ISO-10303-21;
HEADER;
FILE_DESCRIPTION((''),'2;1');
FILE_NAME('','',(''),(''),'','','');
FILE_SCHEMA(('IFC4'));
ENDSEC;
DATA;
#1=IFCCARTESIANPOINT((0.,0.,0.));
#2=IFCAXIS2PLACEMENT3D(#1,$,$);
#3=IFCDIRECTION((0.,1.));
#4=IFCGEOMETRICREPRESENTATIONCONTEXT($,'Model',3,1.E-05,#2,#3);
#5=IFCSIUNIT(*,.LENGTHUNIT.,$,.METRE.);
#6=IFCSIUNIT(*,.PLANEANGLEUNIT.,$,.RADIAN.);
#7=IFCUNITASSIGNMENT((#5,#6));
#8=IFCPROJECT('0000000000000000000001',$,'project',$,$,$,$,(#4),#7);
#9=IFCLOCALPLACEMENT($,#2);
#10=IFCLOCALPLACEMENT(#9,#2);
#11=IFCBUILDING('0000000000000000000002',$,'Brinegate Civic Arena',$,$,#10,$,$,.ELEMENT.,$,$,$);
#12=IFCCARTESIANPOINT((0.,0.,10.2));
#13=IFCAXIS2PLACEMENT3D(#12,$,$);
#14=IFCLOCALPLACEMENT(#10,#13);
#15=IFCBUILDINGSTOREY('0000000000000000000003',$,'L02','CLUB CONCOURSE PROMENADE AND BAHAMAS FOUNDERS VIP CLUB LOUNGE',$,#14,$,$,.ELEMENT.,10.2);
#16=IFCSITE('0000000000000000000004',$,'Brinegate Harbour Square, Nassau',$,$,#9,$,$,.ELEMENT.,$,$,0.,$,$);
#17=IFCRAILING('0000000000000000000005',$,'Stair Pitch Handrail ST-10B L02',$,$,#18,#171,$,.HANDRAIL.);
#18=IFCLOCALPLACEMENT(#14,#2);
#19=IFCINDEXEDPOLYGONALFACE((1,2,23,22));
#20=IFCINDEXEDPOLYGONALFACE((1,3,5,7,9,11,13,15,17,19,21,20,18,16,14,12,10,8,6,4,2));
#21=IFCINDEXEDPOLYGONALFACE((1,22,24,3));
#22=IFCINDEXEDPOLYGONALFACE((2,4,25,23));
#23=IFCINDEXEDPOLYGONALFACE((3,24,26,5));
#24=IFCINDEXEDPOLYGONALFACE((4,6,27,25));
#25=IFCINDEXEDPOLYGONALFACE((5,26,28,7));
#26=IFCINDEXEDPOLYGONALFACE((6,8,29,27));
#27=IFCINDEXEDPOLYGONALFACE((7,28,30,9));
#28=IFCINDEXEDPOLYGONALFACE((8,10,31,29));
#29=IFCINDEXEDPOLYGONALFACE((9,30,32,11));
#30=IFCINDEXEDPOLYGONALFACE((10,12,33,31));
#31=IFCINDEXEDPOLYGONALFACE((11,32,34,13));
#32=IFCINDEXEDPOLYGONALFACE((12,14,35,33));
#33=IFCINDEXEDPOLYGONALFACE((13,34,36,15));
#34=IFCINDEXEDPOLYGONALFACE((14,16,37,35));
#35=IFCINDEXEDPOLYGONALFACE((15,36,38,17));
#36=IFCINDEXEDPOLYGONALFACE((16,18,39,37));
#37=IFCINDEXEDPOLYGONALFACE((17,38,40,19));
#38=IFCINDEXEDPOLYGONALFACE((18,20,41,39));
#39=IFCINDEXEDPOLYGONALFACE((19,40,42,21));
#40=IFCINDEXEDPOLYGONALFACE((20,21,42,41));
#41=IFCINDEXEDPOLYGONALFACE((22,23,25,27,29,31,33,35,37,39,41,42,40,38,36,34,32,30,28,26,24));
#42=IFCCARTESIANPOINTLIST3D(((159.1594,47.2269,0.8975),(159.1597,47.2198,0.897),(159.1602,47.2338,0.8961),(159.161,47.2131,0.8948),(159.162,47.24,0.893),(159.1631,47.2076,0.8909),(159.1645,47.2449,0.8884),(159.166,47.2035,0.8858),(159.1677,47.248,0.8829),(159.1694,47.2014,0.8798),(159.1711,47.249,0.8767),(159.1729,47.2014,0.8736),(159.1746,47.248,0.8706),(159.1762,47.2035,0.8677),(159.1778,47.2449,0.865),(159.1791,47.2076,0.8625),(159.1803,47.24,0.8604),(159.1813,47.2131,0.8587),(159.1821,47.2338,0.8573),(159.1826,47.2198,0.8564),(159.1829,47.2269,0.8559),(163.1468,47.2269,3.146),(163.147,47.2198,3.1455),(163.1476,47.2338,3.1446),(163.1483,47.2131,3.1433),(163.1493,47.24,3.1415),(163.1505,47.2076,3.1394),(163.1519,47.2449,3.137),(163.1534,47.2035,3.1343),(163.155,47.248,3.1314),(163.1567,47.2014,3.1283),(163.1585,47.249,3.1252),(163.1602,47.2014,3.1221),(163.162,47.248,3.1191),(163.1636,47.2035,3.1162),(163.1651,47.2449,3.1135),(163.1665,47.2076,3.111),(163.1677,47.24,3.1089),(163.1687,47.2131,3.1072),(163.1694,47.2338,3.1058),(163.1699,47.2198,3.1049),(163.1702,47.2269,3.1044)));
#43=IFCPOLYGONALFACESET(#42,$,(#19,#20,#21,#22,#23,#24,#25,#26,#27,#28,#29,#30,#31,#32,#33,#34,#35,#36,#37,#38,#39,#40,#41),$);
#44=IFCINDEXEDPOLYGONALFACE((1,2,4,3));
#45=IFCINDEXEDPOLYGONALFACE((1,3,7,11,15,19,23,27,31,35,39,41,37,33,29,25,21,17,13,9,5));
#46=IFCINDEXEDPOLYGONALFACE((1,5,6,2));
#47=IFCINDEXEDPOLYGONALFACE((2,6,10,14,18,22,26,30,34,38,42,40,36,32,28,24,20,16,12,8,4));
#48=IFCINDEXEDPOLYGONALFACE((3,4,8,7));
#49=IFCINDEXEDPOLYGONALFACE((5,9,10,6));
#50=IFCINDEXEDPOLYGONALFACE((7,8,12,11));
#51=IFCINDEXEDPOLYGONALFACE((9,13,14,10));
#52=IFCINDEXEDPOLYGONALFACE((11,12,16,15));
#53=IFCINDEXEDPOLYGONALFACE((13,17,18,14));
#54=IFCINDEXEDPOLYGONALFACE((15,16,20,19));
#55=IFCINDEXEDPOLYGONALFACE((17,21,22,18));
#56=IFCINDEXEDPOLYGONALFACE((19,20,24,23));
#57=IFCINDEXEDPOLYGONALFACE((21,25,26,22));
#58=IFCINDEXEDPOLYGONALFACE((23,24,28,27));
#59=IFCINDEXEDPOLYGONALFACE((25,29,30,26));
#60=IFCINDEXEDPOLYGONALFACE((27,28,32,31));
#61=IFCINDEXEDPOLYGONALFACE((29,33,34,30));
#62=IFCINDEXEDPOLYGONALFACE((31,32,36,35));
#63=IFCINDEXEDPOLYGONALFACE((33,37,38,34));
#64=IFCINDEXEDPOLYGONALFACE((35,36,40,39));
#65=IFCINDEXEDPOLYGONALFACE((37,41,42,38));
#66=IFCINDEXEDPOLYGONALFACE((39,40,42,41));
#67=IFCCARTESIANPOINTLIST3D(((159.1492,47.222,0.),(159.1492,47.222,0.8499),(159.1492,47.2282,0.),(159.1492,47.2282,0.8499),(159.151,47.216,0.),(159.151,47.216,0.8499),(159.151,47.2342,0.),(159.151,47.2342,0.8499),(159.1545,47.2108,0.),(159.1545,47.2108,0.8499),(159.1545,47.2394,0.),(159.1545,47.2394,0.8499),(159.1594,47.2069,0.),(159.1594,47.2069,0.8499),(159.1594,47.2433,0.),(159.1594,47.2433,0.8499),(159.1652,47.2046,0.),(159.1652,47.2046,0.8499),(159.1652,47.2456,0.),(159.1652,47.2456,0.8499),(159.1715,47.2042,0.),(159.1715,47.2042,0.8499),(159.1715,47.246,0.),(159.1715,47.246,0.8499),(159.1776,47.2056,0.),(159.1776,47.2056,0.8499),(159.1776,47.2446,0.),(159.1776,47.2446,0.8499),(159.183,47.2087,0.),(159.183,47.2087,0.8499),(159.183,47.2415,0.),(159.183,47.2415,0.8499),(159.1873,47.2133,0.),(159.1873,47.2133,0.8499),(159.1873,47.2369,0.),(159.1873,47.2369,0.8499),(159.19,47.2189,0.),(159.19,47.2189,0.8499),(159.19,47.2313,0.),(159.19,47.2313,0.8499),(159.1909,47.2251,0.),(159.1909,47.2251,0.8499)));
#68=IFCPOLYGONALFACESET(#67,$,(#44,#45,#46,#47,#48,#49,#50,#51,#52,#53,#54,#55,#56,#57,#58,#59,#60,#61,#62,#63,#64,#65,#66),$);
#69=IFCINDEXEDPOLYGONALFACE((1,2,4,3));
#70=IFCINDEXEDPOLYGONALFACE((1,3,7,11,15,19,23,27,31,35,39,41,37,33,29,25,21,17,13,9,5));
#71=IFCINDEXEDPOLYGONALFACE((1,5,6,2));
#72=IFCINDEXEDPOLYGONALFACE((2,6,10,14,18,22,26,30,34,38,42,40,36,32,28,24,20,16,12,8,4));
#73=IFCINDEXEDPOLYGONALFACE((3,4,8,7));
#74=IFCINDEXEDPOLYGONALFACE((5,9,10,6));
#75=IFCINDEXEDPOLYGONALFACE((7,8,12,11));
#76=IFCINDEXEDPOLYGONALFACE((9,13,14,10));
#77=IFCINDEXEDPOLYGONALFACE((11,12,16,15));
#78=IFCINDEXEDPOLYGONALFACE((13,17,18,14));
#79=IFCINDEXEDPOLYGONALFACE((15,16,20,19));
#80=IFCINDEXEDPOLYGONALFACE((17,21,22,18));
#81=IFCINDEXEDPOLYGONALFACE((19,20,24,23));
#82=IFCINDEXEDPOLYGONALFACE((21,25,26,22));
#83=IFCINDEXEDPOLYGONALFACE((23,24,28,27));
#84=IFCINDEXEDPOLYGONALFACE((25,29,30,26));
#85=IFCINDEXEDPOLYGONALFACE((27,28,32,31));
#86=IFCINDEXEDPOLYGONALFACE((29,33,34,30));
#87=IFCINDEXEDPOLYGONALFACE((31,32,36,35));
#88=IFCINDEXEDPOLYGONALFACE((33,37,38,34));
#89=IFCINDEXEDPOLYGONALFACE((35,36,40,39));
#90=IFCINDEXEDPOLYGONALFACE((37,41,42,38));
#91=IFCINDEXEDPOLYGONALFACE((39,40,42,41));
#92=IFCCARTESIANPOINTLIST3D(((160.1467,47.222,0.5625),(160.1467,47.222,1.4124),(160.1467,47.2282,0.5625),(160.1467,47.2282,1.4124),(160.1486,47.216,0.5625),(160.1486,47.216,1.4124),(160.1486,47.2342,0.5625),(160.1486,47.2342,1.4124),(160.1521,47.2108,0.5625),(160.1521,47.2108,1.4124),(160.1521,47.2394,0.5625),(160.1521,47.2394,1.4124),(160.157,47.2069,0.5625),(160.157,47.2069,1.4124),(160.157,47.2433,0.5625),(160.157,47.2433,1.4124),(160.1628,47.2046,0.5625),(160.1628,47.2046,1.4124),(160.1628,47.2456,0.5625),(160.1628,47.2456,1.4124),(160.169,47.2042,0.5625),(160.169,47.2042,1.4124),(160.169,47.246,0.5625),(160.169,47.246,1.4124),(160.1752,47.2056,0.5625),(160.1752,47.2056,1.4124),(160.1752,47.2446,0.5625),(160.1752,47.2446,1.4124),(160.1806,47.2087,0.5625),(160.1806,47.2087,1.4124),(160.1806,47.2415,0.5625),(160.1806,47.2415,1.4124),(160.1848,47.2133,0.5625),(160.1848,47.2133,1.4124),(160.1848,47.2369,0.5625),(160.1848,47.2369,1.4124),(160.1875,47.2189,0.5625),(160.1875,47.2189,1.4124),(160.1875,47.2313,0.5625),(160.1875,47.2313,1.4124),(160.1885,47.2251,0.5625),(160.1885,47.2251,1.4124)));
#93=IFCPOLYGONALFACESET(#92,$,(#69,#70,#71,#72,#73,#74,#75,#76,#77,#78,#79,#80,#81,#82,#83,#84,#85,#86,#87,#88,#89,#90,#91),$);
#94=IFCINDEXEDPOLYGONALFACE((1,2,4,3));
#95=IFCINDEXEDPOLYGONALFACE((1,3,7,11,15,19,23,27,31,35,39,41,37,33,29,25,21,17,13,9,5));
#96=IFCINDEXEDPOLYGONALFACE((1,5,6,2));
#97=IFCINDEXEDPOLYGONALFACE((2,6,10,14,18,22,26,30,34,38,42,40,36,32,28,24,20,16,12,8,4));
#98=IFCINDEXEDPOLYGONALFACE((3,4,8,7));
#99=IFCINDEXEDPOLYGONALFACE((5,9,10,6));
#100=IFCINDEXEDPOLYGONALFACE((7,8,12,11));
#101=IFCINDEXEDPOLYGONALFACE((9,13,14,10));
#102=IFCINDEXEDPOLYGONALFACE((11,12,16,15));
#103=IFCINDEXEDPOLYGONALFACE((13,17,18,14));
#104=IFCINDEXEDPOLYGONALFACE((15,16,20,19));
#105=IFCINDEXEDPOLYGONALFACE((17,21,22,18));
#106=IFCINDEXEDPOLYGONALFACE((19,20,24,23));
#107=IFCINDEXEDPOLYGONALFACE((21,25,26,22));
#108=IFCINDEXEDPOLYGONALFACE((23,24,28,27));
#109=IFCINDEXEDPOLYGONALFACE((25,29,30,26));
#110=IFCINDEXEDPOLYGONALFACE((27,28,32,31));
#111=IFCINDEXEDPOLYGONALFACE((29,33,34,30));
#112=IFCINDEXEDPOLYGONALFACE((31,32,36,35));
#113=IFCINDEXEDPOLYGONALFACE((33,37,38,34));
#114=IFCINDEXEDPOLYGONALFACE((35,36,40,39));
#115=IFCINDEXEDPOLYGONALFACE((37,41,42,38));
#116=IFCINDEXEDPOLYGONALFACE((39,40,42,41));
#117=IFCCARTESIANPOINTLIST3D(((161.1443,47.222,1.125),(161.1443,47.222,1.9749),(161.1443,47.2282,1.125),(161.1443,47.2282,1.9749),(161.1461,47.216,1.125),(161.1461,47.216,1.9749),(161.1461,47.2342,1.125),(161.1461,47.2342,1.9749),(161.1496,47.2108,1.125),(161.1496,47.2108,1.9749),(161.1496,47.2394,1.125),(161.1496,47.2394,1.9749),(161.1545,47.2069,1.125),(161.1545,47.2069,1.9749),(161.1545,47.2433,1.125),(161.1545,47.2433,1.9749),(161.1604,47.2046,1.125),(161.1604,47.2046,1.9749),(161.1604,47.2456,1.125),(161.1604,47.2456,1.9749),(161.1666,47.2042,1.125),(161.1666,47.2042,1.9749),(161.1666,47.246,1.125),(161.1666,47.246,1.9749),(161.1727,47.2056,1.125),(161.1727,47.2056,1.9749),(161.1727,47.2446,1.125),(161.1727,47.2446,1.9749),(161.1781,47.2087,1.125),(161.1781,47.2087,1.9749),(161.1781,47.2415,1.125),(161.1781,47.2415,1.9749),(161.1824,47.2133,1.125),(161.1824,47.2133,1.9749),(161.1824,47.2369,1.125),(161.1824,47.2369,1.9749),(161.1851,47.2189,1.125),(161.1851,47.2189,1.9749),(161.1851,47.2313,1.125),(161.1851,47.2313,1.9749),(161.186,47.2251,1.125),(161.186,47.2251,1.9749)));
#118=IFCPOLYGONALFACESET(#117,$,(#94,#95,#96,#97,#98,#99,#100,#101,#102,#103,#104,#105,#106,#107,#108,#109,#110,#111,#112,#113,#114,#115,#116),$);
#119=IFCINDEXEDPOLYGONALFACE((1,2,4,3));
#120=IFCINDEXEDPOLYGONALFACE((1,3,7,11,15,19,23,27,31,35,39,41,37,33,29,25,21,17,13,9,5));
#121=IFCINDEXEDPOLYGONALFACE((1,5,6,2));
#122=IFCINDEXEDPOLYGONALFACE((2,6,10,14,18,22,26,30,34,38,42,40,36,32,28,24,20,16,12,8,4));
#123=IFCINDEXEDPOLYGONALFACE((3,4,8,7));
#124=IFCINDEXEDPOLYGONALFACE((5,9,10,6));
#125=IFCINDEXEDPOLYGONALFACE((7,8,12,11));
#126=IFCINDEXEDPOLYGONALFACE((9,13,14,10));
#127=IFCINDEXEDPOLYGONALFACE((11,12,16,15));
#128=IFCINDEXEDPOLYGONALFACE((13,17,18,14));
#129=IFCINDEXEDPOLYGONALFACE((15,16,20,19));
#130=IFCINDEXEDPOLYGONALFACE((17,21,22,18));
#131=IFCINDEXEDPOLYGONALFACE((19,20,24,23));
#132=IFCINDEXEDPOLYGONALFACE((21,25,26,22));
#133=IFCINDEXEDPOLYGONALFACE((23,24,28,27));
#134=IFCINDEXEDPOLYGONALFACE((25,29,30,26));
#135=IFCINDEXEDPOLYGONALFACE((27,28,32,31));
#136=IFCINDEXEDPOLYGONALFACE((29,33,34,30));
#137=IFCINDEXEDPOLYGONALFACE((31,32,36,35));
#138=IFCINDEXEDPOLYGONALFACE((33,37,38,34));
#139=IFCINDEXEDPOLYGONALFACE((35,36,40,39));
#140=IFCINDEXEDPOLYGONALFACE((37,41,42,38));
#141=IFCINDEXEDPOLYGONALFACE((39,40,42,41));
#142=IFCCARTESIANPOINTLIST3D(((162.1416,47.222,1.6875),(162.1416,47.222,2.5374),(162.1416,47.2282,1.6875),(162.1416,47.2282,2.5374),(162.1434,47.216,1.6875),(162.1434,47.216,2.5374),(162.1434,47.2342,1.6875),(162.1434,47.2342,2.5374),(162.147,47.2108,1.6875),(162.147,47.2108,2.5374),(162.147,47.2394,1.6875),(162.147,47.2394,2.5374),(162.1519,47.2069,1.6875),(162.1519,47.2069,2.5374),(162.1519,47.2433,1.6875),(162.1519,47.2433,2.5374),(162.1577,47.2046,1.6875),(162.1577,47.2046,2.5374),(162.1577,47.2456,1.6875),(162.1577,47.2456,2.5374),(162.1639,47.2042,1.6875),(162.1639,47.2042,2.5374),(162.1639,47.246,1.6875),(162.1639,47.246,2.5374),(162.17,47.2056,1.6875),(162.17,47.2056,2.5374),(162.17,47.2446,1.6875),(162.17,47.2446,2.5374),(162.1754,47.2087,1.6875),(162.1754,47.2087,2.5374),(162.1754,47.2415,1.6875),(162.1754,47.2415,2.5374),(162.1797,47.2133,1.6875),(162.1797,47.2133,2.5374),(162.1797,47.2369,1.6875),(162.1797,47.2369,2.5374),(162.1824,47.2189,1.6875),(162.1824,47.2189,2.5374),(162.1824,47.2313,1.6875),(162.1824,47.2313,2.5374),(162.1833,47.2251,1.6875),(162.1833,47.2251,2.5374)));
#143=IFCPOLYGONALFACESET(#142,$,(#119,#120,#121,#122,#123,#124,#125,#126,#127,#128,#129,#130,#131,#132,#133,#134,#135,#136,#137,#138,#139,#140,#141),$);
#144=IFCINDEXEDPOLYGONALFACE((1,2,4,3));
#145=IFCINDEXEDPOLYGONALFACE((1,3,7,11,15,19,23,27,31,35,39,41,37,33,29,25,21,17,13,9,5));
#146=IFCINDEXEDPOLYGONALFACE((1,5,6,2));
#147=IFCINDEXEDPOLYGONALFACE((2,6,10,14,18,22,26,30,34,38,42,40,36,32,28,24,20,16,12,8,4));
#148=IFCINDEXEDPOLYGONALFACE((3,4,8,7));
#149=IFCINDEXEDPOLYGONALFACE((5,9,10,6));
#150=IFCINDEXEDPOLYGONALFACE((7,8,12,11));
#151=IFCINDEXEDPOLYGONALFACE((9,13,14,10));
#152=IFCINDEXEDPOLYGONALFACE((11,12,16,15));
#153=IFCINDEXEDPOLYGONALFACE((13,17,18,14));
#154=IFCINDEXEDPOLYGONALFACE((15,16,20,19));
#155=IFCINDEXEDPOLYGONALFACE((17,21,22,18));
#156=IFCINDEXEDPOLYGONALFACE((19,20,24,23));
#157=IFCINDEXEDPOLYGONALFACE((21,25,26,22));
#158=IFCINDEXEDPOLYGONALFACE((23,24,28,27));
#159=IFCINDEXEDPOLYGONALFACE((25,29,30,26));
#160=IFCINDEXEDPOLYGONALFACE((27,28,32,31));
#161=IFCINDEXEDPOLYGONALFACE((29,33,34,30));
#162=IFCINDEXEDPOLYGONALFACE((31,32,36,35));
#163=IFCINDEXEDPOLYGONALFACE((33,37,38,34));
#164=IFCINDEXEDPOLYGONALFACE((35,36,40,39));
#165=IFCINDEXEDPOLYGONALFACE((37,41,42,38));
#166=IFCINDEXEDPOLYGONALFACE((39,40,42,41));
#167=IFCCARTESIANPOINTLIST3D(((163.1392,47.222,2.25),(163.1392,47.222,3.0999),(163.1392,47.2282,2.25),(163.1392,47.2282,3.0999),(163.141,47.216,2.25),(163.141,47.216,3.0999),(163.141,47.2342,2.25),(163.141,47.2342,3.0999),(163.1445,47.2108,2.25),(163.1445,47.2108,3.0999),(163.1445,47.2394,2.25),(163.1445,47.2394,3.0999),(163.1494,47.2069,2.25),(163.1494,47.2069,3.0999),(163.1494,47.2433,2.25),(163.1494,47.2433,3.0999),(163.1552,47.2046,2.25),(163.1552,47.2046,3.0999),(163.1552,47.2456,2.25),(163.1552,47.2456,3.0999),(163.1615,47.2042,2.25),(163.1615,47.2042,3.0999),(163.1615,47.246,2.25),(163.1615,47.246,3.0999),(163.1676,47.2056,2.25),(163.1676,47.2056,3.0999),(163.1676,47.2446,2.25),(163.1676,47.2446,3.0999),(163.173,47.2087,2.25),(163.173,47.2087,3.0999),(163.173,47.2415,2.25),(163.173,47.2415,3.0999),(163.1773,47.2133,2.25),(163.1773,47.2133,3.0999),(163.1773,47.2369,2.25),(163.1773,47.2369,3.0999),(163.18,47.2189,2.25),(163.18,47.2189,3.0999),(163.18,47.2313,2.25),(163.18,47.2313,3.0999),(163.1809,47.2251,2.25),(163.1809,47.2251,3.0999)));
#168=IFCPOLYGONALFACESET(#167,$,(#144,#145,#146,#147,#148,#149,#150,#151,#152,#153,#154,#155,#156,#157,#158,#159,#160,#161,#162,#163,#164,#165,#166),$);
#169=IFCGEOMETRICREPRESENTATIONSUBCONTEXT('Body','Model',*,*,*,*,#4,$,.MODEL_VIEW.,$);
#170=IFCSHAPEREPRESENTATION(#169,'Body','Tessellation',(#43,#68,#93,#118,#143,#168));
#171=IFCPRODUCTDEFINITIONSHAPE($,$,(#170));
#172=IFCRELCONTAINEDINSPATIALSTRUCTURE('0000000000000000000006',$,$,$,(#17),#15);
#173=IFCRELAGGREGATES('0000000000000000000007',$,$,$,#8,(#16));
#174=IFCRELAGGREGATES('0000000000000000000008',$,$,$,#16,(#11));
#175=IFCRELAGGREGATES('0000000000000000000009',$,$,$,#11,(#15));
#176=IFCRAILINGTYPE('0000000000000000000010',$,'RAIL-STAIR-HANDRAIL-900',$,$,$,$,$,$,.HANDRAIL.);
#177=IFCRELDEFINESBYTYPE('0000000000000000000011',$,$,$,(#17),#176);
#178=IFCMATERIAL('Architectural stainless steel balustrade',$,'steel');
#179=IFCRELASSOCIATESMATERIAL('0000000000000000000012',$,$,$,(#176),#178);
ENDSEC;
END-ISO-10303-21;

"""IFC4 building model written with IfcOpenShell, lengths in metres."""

from ifc_helpers import new_model, si_unit, direction, frame, origin, origin_2d, place, context, subcontext, project, spatial, circle, extrude, material, type_object, element, save


model = new_model("IFC4")

# Units and contexts
model_context = context("Model", 3, precision=1e-05, world=origin(), true_north=direction((0.0, 1.0)))
body_context = subcontext(model_context, "Body", "Model", "MODEL_VIEW")
ifc_project = project(units=[si_unit("LENGTHUNIT", "METRE"), si_unit("PLANEANGLEUNIT", "RADIAN")], contexts=[model_context])

# Site, building, storey
site_placement = place(None, origin())
site = spatial("IfcSite", under=ifc_project, at=site_placement, Name="Brinegate Harbour Square, Nassau", CompositionType="ELEMENT", RefElevation=0.0)
building_placement = place(site_placement, origin())
building = spatial("IfcBuilding", under=site, at=building_placement, Name="Brinegate Civic Arena", CompositionType="ELEMENT")
storey_placement = place(building_placement, frame((0.0, 0.0, 10.2)))
storey = spatial("IfcBuildingStorey", under=building, at=storey_placement, Name="L02", Description="CLUB CONCOURSE PROMENADE AND BAHAMAS FOUNDERS VIP CLUB LOUNGE", CompositionType="ELEMENT", Elevation=10.2)

# Railing
ifc_material_1 = material(Name="Architectural stainless steel balustrade", Category="steel")
railing_type_1 = type_object("IfcRailingType", Name="RAIL-STAIR-HANDRAIL-900", PredefinedType="HANDRAIL", material=ifc_material_1)
railing_1_placement = place(storey_placement, frame((159.1699, 47.2251, 0.0)))
element("IfcRailing", 1, at=railing_1_placement, inside=storey, type_object=railing_type_1, Name="Stair Pitch Handrail ST-10B L02", PredefinedType="HANDRAIL", context=body_context, shape_type="SweptSolid", body=[
    extrude(circle(Radius=0.0239, at=origin_2d()), frame((0.0012, 0.0, 0.8767), z_axis=(0.87105, 0.0, 0.491195), x_axis=(0.0, 1.0, 0.0)), (0.0, 0.0, 1.0), 4.5776),
    extrude(circle(Radius=0.021, at=origin_2d()), origin(), (0.0, 0.0, 1.0), 0.8499),
    extrude(circle(Radius=0.021, at=origin_2d()), frame((0.9976, 0.0, 0.5625)), (0.0, 0.0, 1.0), 0.8499),
    extrude(circle(Radius=0.021, at=origin_2d()), frame((1.9951, 0.0, 1.125)), (0.0, 0.0, 1.0), 0.8499),
    extrude(circle(Radius=0.021, at=origin_2d()), frame((2.9924, 0.0, 1.6875)), (0.0, 0.0, 1.0), 0.8499),
    extrude(circle(Radius=0.021, at=origin_2d()), frame((3.99, 0.0, 2.25)), (0.0, 0.0, 1.0), 0.8499),
])

save(model, "model.ifc")
